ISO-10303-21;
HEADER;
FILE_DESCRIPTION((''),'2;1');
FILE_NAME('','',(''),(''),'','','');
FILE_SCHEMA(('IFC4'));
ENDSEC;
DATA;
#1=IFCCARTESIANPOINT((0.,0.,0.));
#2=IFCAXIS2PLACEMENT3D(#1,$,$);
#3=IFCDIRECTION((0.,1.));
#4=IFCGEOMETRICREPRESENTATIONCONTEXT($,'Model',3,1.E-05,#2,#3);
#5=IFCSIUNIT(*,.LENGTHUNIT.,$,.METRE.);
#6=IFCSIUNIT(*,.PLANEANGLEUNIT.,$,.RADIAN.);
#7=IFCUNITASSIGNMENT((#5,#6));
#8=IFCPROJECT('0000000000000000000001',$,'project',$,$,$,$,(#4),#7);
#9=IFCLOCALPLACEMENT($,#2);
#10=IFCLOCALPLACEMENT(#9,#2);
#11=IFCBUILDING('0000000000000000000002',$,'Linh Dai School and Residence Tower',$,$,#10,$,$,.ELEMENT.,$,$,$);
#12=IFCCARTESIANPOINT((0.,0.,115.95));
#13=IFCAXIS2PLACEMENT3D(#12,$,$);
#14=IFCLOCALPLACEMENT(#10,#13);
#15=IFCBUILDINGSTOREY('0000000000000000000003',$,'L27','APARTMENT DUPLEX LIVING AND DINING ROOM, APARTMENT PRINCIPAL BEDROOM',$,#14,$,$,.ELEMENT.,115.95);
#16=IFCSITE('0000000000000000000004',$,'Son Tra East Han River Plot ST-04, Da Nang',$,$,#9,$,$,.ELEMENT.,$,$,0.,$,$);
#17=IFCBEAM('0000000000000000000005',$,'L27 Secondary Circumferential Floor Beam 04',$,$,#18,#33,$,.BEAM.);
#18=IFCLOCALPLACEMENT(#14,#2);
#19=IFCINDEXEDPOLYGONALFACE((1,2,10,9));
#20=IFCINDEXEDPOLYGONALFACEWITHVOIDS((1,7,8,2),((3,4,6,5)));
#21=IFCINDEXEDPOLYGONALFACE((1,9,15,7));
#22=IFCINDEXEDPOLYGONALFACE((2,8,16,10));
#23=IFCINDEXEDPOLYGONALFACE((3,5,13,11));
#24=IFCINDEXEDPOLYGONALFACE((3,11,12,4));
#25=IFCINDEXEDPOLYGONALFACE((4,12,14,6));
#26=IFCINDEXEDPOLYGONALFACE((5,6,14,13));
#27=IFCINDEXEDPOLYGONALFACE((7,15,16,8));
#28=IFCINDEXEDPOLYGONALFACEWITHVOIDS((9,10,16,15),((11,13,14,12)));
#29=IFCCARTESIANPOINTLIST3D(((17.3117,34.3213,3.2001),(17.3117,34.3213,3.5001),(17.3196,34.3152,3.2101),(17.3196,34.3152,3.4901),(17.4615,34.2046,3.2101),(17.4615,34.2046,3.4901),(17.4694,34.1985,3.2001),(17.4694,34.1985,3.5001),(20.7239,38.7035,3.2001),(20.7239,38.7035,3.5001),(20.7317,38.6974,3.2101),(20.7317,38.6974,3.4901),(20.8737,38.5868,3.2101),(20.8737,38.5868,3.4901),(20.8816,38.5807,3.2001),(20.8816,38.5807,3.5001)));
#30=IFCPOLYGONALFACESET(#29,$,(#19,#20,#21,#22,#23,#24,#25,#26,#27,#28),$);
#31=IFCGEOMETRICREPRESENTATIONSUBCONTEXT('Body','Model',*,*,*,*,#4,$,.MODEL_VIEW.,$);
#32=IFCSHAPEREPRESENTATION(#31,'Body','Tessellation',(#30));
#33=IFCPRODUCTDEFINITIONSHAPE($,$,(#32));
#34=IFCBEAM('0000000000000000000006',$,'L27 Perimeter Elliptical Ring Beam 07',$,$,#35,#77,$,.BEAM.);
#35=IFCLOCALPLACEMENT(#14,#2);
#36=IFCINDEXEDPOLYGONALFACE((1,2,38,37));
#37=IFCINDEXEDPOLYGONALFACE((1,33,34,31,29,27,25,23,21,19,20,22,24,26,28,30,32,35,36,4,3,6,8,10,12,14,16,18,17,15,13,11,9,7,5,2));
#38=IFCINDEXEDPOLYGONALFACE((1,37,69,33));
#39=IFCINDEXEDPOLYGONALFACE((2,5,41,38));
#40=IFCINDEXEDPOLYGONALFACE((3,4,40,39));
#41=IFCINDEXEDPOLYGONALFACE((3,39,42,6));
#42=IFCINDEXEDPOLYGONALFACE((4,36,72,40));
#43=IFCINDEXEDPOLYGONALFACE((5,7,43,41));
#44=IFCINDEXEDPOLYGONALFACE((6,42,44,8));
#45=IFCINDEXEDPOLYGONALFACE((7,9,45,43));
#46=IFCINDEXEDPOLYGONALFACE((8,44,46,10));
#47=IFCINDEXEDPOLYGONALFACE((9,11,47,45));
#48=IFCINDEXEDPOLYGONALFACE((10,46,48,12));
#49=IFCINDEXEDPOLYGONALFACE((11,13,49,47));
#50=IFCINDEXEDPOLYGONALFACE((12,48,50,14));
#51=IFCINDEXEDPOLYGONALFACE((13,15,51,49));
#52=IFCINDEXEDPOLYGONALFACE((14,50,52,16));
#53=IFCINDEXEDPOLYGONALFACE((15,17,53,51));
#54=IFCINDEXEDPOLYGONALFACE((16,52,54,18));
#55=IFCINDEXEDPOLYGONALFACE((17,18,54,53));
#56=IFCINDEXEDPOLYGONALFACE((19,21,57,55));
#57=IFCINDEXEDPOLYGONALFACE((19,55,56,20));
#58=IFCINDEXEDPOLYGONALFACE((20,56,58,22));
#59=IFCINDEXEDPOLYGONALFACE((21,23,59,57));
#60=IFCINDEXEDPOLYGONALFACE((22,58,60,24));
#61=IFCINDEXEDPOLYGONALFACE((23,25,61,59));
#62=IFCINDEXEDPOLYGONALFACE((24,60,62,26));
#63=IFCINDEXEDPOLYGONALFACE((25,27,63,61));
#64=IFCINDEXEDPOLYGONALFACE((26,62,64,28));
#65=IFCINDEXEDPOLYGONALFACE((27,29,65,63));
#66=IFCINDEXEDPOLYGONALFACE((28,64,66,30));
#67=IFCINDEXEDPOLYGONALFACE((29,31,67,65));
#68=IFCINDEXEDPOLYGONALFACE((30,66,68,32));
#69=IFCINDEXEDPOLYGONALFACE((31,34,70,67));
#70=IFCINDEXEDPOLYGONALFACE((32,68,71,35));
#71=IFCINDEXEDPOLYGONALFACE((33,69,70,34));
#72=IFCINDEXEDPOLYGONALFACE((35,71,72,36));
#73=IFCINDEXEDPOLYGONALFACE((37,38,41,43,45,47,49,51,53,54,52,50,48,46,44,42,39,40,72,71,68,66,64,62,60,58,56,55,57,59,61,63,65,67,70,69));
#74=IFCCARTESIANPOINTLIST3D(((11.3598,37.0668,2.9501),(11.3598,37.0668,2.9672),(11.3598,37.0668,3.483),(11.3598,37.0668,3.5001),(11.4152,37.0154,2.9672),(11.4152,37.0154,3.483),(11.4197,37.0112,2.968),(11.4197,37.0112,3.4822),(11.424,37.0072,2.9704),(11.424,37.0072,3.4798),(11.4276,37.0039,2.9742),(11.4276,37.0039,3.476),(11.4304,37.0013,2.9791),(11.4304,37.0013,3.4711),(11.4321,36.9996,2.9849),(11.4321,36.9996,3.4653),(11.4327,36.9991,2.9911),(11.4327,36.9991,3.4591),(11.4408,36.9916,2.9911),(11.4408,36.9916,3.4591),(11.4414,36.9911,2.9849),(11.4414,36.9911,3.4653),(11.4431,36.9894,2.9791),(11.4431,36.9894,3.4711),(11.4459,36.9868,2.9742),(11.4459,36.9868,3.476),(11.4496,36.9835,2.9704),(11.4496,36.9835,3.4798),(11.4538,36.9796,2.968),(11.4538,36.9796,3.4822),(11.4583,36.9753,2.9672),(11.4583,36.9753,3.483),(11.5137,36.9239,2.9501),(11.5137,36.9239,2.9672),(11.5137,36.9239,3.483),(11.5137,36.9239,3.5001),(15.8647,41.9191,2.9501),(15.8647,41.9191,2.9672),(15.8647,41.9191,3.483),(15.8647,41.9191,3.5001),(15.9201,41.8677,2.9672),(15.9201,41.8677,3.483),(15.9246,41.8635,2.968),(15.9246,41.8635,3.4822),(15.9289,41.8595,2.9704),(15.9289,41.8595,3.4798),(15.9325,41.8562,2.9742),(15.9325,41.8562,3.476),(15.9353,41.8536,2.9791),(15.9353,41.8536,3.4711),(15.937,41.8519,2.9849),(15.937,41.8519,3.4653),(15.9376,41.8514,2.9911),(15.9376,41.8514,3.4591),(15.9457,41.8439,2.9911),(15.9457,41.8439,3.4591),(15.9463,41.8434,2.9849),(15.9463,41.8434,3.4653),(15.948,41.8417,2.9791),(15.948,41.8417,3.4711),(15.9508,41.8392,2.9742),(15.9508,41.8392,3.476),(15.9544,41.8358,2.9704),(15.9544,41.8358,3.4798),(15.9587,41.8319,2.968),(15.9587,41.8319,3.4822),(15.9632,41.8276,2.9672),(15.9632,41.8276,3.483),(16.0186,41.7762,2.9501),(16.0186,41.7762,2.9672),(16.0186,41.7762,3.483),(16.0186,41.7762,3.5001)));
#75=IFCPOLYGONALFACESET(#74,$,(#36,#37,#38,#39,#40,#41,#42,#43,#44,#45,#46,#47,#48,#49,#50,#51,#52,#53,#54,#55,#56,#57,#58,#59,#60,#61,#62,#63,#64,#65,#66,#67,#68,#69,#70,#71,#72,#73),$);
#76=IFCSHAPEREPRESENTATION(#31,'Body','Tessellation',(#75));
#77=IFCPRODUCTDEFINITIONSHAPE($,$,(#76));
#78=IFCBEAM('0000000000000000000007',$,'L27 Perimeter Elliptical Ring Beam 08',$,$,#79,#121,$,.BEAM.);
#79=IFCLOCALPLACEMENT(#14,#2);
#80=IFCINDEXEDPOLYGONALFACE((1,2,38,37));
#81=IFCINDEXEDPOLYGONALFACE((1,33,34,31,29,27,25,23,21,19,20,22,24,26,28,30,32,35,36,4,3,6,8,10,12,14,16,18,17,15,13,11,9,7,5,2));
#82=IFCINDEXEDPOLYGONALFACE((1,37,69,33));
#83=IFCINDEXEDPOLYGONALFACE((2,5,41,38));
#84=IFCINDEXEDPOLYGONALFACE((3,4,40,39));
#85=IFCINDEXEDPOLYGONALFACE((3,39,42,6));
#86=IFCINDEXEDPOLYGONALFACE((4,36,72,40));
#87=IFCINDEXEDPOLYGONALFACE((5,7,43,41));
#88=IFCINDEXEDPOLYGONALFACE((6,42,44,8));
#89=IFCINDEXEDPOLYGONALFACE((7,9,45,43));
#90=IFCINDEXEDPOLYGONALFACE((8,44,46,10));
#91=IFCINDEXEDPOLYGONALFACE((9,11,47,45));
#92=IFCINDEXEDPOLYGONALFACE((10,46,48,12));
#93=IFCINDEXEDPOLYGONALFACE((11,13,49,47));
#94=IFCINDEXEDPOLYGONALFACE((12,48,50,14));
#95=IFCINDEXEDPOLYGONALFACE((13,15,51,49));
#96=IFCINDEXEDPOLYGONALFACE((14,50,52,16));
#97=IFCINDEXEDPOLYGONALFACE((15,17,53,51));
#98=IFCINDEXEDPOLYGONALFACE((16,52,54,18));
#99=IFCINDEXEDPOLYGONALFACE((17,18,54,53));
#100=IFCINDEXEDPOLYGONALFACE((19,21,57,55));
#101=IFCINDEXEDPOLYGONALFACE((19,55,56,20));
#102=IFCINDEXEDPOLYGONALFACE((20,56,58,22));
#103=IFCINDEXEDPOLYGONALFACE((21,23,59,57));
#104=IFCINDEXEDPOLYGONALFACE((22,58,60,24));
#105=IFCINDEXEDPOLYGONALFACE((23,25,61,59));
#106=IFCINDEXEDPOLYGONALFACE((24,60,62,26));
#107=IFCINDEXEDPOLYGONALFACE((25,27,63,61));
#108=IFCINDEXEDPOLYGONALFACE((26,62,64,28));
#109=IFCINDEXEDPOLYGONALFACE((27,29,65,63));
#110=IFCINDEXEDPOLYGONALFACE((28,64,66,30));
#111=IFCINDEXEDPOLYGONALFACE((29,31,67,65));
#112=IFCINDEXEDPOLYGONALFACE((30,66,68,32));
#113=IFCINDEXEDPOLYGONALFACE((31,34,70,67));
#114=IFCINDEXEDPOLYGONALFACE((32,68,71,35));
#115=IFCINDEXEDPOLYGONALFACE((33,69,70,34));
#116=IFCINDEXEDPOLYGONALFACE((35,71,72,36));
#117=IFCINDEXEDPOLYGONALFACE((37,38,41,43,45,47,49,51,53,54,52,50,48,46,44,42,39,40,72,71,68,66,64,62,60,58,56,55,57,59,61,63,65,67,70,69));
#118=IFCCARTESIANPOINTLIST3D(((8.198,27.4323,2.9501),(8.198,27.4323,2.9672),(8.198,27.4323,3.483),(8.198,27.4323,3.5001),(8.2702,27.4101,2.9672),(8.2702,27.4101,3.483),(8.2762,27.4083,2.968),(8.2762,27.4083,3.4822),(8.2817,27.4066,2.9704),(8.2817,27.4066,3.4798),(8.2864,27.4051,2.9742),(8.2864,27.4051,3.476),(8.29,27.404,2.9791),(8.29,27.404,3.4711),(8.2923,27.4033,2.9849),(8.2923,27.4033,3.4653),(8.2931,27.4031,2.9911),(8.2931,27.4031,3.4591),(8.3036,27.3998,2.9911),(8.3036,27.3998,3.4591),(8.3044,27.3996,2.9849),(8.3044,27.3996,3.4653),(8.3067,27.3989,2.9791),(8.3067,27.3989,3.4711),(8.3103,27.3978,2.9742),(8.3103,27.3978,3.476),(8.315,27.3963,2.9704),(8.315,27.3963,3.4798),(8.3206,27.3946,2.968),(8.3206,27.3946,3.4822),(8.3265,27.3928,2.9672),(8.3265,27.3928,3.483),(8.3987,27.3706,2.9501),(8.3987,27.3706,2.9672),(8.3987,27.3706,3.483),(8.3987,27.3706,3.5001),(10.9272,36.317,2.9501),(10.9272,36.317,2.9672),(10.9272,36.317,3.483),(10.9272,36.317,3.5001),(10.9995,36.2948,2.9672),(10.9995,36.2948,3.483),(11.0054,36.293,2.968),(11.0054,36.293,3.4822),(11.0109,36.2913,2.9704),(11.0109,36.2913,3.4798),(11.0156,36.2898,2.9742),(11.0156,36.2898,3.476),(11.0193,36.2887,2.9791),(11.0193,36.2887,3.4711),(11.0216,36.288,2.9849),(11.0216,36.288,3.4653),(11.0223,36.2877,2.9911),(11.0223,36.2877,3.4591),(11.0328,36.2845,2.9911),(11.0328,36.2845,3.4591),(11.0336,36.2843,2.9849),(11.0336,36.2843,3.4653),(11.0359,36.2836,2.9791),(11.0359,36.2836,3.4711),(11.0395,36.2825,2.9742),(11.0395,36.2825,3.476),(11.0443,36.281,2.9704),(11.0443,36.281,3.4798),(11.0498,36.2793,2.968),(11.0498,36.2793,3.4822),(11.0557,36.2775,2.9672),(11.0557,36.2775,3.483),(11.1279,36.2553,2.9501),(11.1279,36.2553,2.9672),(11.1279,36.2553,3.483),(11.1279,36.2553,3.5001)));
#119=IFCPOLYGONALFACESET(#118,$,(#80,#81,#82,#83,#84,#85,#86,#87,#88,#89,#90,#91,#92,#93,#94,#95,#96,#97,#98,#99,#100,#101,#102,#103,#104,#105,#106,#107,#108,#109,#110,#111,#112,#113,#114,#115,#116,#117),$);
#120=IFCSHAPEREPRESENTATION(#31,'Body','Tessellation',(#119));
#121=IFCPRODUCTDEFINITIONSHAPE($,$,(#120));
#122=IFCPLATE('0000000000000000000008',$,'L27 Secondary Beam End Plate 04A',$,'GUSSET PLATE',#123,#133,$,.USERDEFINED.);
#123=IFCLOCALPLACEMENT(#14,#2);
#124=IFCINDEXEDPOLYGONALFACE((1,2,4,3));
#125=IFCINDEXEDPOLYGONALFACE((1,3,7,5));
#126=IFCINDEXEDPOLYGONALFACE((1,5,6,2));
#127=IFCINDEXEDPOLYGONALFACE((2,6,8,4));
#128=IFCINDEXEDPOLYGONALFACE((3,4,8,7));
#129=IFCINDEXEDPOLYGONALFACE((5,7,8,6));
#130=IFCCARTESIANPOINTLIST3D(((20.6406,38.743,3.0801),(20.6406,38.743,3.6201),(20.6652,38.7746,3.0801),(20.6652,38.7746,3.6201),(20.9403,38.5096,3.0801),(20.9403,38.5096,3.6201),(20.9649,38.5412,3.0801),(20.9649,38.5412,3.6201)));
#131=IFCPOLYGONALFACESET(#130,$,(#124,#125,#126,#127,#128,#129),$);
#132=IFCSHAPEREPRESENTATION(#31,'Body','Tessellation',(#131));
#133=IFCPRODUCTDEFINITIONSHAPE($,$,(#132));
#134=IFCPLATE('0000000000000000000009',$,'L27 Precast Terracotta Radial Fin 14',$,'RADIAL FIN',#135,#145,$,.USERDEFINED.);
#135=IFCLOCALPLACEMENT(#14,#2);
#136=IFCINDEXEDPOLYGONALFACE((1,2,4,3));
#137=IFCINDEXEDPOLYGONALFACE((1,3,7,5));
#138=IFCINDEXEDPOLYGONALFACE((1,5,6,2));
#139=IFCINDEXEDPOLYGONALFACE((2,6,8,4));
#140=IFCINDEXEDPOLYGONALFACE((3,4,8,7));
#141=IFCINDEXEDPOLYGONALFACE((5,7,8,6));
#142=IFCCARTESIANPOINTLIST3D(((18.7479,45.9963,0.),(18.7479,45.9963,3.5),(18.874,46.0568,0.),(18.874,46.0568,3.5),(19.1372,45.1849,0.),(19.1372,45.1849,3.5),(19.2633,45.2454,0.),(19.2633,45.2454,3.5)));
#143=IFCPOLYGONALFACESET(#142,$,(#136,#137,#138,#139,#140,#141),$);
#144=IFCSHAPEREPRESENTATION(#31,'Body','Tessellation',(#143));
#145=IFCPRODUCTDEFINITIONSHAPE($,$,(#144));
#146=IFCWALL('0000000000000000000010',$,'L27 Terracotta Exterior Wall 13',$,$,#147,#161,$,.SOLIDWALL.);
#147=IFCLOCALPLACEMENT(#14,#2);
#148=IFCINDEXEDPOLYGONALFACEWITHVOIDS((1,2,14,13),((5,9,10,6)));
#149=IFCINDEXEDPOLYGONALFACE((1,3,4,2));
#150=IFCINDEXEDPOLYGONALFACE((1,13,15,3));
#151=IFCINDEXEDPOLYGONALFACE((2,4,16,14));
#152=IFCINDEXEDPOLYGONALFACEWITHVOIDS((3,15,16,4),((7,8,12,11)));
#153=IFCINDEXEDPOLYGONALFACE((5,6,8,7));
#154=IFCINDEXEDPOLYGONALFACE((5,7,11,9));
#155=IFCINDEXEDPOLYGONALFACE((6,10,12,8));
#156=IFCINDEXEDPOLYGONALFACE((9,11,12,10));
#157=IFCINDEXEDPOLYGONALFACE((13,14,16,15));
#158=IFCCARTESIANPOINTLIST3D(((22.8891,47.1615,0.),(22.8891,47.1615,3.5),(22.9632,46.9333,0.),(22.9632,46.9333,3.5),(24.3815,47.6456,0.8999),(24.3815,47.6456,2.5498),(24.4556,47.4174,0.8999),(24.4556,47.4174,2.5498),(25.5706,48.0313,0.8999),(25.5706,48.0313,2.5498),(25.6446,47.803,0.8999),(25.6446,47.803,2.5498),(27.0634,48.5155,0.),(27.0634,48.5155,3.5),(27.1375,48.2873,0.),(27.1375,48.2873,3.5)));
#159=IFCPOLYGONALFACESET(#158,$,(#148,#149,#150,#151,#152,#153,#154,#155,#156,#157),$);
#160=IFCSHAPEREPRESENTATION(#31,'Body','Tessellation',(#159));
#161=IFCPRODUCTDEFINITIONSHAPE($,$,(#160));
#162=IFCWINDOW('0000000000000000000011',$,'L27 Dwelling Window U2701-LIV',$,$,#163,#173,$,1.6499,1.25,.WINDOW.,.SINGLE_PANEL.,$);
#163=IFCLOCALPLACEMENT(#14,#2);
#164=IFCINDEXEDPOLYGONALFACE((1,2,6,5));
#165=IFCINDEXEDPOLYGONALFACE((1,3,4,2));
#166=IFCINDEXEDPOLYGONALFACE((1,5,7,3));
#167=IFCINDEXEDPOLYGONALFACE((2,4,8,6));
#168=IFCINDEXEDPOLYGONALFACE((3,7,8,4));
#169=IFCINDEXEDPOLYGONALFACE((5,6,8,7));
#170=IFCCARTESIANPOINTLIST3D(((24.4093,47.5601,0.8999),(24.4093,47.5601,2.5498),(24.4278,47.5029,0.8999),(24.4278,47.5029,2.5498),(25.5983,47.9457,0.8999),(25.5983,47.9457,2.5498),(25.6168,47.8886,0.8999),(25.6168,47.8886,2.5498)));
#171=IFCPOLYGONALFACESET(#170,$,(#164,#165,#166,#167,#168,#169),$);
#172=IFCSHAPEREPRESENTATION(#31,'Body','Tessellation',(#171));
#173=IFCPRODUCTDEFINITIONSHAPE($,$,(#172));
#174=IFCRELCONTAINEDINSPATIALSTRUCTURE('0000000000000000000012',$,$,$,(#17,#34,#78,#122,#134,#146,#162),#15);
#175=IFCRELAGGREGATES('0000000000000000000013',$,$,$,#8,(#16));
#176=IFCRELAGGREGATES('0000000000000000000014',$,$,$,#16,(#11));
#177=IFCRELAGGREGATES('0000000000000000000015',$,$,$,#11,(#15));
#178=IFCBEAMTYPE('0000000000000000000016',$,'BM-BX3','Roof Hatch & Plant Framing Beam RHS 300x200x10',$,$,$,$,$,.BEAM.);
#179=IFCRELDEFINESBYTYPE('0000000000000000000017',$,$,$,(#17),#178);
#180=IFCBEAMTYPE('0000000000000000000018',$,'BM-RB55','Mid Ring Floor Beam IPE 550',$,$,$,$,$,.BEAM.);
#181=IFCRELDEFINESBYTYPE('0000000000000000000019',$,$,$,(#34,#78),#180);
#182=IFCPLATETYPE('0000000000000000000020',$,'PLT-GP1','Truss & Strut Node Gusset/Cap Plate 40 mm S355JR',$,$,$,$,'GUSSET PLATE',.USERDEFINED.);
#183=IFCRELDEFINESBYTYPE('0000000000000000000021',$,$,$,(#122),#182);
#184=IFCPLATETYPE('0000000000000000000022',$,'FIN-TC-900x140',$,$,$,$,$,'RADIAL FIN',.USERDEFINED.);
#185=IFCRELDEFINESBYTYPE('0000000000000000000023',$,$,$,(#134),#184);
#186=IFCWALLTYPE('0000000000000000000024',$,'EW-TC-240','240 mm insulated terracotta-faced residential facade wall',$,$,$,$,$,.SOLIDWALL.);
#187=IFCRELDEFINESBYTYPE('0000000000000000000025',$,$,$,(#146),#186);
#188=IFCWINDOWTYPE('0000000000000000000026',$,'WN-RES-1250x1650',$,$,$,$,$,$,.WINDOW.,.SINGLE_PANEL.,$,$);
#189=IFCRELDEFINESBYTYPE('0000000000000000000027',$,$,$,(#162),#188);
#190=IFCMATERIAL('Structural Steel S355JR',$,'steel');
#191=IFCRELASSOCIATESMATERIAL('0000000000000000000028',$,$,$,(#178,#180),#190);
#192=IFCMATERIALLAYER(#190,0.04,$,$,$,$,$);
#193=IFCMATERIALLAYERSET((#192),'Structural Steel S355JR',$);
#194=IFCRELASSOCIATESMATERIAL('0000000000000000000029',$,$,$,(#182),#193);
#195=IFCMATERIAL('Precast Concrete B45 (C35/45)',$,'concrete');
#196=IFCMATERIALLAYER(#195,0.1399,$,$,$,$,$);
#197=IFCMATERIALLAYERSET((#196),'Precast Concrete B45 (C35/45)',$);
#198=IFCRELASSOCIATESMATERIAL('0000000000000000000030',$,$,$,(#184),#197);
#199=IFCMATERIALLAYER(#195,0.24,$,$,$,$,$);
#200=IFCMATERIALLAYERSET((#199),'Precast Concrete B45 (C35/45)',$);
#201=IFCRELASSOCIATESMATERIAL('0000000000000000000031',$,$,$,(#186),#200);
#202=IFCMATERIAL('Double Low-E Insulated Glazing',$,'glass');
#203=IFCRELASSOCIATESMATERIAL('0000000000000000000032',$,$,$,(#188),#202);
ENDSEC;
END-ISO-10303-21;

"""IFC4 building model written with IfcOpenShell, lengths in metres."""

from ifc_helpers import new_model, si_unit, direction, frame, frame_2d, origin, origin_2d, place, context, subcontext, project, spatial, rectangle, hollow_rectangle, i_section, extrude, source, transform, mapped, material, layer, layer_set, material_profile, profile_set, type_object, element, fill, save


model = new_model("IFC4")

# Units and contexts
model_context = context("Model", 3, precision=1e-05, world=origin(), true_north=direction((0.0, 1.0)))
body_context = subcontext(model_context, "Body", "Model", "MODEL_VIEW")
ifc_project = project(units=[si_unit("LENGTHUNIT", "METRE"), si_unit("PLANEANGLEUNIT", "RADIAN")], contexts=[model_context])

# Site, building, storey
site_placement = place(None, origin())
site = spatial("IfcSite", under=ifc_project, at=site_placement, Name="Son Tra East Han River Plot ST-04, Da Nang", CompositionType="ELEMENT", RefElevation=0.0)
building_placement = place(site_placement, origin())
building = spatial("IfcBuilding", under=site, at=building_placement, Name="Linh Dai School and Residence Tower", CompositionType="ELEMENT")
storey_placement = place(building_placement, frame((0.0, 0.0, 115.95)))
storey = spatial("IfcBuildingStorey", under=building, at=storey_placement, Name="L27", Description="APARTMENT DUPLEX LIVING AND DINING ROOM, APARTMENT PRINCIPAL BEDROOM", CompositionType="ELEMENT", Elevation=115.95)

# Shared definitions
ifc_material_1 = material(Name="Structural Steel S355JR", Category="steel")

# Beams
ifc_material_profile_1 = material_profile(ifc_material_1, hollow_rectangle(XDim=0.2, YDim=0.3, WallThickness=0.01, at=origin_2d()), Name="RHS 300x200x10")
ifc_profile_set_1 = profile_set([ifc_material_profile_1], Name="Structural Steel S355JR")
beam_type_1 = type_object("IfcBeamType", Name="BM-BX3", Description="Roof Hatch & Plant Framing Beam RHS 300x200x10", PredefinedType="BEAM", material=ifc_profile_set_1)
beam_1_placement = place(storey_placement, frame((20.8027, 38.6421, 3.3501), z_axis=(-0.61437, -0.789018, 0.0), x_axis=(0.789018, -0.61437, 0.0)))
element("IfcBeam", 1, at=beam_1_placement, inside=storey, type_object=beam_type_1, Name="L27 Secondary Circumferential Floor Beam 04", PredefinedType="BEAM", context=body_context, shape_type="SweptSolid", body=[
    extrude(hollow_rectangle(XDim=0.2, YDim=0.3, WallThickness=0.01, at=origin_2d()), origin(), (0.0, 0.0, 1.0), 5.554),
])
ifc_material_profile_2 = material_profile(ifc_material_1, i_section(OverallWidth=0.21, OverallDepth=0.55, WebThickness=0.011, FlangeThickness=0.0171, FilletRadius=0.0239, at=origin_2d()), Name="IPE 550")
ifc_profile_set_2 = profile_set([ifc_material_profile_2], Name="Structural Steel S355JR")
beam_type_2 = type_object("IfcBeamType", Name="BM-RB55", Description="Mid Ring Floor Beam IPE 550", PredefinedType="BEAM", material=ifc_profile_set_2)
beam_2_placement = place(storey_placement, frame((15.9417, 41.8477, 3.2251), z_axis=(-0.680385, -0.732855, 0.0), x_axis=(0.732855, -0.680385, 0.0)))
element("IfcBeam", 2, at=beam_2_placement, inside=storey, type_object=beam_type_2, Name="L27 Perimeter Elliptical Ring Beam 07", PredefinedType="BEAM", context=body_context, shape_type="SweptSolid", body=[
    extrude(i_section(OverallWidth=0.21, OverallDepth=0.55, WebThickness=0.011, FlangeThickness=0.0171, FilletRadius=0.0239, at=origin_2d()), origin(), (0.0, 0.0, 1.0), 6.6211),
])
beam_3_placement = place(storey_placement, frame((11.0276, 36.2861, 3.2251), z_axis=(-0.293641, -0.955916, 0.0), x_axis=(0.955916, -0.293641, 0.0)))
element("IfcBeam", 3, at=beam_3_placement, inside=storey, type_object=beam_type_2, Name="L27 Perimeter Elliptical Ring Beam 08", PredefinedType="BEAM", context=body_context, shape_type="SweptSolid", body=[
    extrude(i_section(OverallWidth=0.21, OverallDepth=0.55, WebThickness=0.011, FlangeThickness=0.0171, FilletRadius=0.0239, at=origin_2d()), origin(), (0.0, 0.0, 1.0), 9.2944),
])

# Plates
ifc_layer_1 = layer(ifc_material_1, 0.04)
ifc_layer_set_1 = layer_set([ifc_layer_1], Name="Structural Steel S355JR")
plate_type_1 = type_object("IfcPlateType", Name="PLT-GP1", Description="Truss & Strut Node Gusset/Cap Plate 40 mm S355JR", ElementType="GUSSET PLATE", PredefinedType="USERDEFINED", material=ifc_layer_set_1)
shared_shape_1 = source(origin(), body_context, "Body", "SweptSolid", [
    extrude(rectangle(XDim=0.04, YDim=0.3799, at=origin_2d()), origin(), (0.0, 0.0, 1.0), 0.54),
])
plate_1_placement = place(storey_placement, frame((20.8027, 38.6421, 3.0801), z_axis=(0.0, 0.0, 1.0), x_axis=(-0.614363, -0.789024, 0.0)))
element("IfcPlate", 4, at=plate_1_placement, inside=storey, type_object=plate_type_1, Name="L27 Secondary Beam End Plate 04A", ObjectType="GUSSET PLATE", PredefinedType="USERDEFINED", context=body_context, shape_type="MappedRepresentation", body=[
    mapped(shared_shape_1, transform((0.0, 0.0, 0.0), x_axis=(1.0, 0.0, 0.0), y_axis=(0.0, 1.0, 0.0), z_axis=(0.0, 0.0, 1.0), scale=1.0)),
])
ifc_material_2 = material(Name="Precast Concrete B45 (C35/45)", Category="concrete")
ifc_layer_2 = layer(ifc_material_2, 0.1399)
ifc_layer_set_2 = layer_set([ifc_layer_2], Name="Precast Concrete B45 (C35/45)")
plate_type_2 = type_object("IfcPlateType", Name="FIN-TC-900x140", ElementType="RADIAL FIN", PredefinedType="USERDEFINED", material=ifc_layer_set_2)
shared_shape_2 = source(origin(), body_context, "Body", "SweptSolid", [
    extrude(rectangle(XDim=0.8999, YDim=0.1399, at=origin_2d()), origin(), (0.0, 0.0, 1.0), 3.5),
])
plate_2_placement = place(storey_placement, frame((19.0056, 45.6208, 0.0), z_axis=(0.0, 0.0, 1.0), x_axis=(-0.432618, 0.901578, 0.0)))
element("IfcPlate", 5, at=plate_2_placement, inside=storey, type_object=plate_type_2, Name="L27 Precast Terracotta Radial Fin 14", ObjectType="RADIAL FIN", PredefinedType="USERDEFINED", context=body_context, shape_type="MappedRepresentation", body=[
    mapped(shared_shape_2, transform((0.0, 0.0, 0.0), x_axis=(1.0, 0.0, 0.0), y_axis=(0.0, 1.0, 0.0), z_axis=(0.0, 0.0, 1.0), scale=1.0)),
])

# Wall, opening, window
ifc_layer_3 = layer(ifc_material_2, 0.24)
ifc_layer_set_3 = layer_set([ifc_layer_3], Name="Precast Concrete B45 (C35/45)")
wall_type_1 = type_object("IfcWallType", Name="EW-TC-240", Description="240 mm insulated terracotta-faced residential facade wall", PredefinedType="SOLIDWALL", material=ifc_layer_set_3)
wall_1_placement = place(storey_placement, frame((22.926, 47.0474, 0.0), z_axis=(0.0, 0.0, 1.0), x_axis=(0.951211, 0.30854, 0.0)))
wall_1 = element("IfcWall", 6, at=wall_1_placement, inside=storey, type_object=wall_type_1, Name="L27 Terracotta Exterior Wall 13", PredefinedType="SOLIDWALL", context=body_context, shape_type="SweptSolid", body=[
    extrude(rectangle(XDim=4.3884, YDim=0.24, at=frame_2d((2.1943, 0.0))), origin(), (0.0, 0.0, 1.0), 3.5),
])
opening_1_placement = place(wall_1_placement, frame((1.5691, 0.0, 0.8999)))
opening_1 = element("IfcOpeningElement", 7, at=opening_1_placement, cuts=wall_1, PredefinedType="OPENING", context=body_context, shape_type="SweptSolid", body=[
    extrude(rectangle(XDim=1.25, YDim=1.6499, at=origin_2d()), frame((0.625, 0.1299, 0.825), z_axis=(0.0, -1.0, 0.0), x_axis=(1.0, 0.0, 0.0)), (0.0, 0.0, 1.0), 0.26),
])
ifc_material_3 = material(Name="Double Low-E Insulated Glazing", Category="glass")
window_type_1 = type_object("IfcWindowType", Name="WN-RES-1250x1650", PartitioningType="SINGLE_PANEL", PredefinedType="WINDOW", material=ifc_material_3)
shared_shape_3 = source(origin(), body_context, "Body", "SweptSolid", [
    extrude(rectangle(XDim=1.25, YDim=1.6499, at=origin_2d()), frame((0.625, 0.03, 0.825), z_axis=(0.0, -1.0, 0.0), x_axis=(1.0, 0.0, 0.0)), (0.0, 0.0, 1.0), 0.0601),
])
window_1_placement = place(opening_1_placement, origin())
window_1 = element("IfcWindow", 8, at=window_1_placement, inside=storey, type_object=window_type_1, Name="L27 Dwelling Window U2701-LIV", OverallHeight=1.6499, OverallWidth=1.25, PartitioningType="SINGLE_PANEL", PredefinedType="WINDOW", context=body_context, shape_type="MappedRepresentation", body=[
    mapped(shared_shape_3, transform((0.0, 0.0, 0.0), x_axis=(1.0, 0.0, 0.0), y_axis=(0.0, 1.0, 0.0), z_axis=(0.0, 0.0, 1.0), scale=1.0)),
])
fill(opening_1, window_1)

save(model, "model.ifc")
